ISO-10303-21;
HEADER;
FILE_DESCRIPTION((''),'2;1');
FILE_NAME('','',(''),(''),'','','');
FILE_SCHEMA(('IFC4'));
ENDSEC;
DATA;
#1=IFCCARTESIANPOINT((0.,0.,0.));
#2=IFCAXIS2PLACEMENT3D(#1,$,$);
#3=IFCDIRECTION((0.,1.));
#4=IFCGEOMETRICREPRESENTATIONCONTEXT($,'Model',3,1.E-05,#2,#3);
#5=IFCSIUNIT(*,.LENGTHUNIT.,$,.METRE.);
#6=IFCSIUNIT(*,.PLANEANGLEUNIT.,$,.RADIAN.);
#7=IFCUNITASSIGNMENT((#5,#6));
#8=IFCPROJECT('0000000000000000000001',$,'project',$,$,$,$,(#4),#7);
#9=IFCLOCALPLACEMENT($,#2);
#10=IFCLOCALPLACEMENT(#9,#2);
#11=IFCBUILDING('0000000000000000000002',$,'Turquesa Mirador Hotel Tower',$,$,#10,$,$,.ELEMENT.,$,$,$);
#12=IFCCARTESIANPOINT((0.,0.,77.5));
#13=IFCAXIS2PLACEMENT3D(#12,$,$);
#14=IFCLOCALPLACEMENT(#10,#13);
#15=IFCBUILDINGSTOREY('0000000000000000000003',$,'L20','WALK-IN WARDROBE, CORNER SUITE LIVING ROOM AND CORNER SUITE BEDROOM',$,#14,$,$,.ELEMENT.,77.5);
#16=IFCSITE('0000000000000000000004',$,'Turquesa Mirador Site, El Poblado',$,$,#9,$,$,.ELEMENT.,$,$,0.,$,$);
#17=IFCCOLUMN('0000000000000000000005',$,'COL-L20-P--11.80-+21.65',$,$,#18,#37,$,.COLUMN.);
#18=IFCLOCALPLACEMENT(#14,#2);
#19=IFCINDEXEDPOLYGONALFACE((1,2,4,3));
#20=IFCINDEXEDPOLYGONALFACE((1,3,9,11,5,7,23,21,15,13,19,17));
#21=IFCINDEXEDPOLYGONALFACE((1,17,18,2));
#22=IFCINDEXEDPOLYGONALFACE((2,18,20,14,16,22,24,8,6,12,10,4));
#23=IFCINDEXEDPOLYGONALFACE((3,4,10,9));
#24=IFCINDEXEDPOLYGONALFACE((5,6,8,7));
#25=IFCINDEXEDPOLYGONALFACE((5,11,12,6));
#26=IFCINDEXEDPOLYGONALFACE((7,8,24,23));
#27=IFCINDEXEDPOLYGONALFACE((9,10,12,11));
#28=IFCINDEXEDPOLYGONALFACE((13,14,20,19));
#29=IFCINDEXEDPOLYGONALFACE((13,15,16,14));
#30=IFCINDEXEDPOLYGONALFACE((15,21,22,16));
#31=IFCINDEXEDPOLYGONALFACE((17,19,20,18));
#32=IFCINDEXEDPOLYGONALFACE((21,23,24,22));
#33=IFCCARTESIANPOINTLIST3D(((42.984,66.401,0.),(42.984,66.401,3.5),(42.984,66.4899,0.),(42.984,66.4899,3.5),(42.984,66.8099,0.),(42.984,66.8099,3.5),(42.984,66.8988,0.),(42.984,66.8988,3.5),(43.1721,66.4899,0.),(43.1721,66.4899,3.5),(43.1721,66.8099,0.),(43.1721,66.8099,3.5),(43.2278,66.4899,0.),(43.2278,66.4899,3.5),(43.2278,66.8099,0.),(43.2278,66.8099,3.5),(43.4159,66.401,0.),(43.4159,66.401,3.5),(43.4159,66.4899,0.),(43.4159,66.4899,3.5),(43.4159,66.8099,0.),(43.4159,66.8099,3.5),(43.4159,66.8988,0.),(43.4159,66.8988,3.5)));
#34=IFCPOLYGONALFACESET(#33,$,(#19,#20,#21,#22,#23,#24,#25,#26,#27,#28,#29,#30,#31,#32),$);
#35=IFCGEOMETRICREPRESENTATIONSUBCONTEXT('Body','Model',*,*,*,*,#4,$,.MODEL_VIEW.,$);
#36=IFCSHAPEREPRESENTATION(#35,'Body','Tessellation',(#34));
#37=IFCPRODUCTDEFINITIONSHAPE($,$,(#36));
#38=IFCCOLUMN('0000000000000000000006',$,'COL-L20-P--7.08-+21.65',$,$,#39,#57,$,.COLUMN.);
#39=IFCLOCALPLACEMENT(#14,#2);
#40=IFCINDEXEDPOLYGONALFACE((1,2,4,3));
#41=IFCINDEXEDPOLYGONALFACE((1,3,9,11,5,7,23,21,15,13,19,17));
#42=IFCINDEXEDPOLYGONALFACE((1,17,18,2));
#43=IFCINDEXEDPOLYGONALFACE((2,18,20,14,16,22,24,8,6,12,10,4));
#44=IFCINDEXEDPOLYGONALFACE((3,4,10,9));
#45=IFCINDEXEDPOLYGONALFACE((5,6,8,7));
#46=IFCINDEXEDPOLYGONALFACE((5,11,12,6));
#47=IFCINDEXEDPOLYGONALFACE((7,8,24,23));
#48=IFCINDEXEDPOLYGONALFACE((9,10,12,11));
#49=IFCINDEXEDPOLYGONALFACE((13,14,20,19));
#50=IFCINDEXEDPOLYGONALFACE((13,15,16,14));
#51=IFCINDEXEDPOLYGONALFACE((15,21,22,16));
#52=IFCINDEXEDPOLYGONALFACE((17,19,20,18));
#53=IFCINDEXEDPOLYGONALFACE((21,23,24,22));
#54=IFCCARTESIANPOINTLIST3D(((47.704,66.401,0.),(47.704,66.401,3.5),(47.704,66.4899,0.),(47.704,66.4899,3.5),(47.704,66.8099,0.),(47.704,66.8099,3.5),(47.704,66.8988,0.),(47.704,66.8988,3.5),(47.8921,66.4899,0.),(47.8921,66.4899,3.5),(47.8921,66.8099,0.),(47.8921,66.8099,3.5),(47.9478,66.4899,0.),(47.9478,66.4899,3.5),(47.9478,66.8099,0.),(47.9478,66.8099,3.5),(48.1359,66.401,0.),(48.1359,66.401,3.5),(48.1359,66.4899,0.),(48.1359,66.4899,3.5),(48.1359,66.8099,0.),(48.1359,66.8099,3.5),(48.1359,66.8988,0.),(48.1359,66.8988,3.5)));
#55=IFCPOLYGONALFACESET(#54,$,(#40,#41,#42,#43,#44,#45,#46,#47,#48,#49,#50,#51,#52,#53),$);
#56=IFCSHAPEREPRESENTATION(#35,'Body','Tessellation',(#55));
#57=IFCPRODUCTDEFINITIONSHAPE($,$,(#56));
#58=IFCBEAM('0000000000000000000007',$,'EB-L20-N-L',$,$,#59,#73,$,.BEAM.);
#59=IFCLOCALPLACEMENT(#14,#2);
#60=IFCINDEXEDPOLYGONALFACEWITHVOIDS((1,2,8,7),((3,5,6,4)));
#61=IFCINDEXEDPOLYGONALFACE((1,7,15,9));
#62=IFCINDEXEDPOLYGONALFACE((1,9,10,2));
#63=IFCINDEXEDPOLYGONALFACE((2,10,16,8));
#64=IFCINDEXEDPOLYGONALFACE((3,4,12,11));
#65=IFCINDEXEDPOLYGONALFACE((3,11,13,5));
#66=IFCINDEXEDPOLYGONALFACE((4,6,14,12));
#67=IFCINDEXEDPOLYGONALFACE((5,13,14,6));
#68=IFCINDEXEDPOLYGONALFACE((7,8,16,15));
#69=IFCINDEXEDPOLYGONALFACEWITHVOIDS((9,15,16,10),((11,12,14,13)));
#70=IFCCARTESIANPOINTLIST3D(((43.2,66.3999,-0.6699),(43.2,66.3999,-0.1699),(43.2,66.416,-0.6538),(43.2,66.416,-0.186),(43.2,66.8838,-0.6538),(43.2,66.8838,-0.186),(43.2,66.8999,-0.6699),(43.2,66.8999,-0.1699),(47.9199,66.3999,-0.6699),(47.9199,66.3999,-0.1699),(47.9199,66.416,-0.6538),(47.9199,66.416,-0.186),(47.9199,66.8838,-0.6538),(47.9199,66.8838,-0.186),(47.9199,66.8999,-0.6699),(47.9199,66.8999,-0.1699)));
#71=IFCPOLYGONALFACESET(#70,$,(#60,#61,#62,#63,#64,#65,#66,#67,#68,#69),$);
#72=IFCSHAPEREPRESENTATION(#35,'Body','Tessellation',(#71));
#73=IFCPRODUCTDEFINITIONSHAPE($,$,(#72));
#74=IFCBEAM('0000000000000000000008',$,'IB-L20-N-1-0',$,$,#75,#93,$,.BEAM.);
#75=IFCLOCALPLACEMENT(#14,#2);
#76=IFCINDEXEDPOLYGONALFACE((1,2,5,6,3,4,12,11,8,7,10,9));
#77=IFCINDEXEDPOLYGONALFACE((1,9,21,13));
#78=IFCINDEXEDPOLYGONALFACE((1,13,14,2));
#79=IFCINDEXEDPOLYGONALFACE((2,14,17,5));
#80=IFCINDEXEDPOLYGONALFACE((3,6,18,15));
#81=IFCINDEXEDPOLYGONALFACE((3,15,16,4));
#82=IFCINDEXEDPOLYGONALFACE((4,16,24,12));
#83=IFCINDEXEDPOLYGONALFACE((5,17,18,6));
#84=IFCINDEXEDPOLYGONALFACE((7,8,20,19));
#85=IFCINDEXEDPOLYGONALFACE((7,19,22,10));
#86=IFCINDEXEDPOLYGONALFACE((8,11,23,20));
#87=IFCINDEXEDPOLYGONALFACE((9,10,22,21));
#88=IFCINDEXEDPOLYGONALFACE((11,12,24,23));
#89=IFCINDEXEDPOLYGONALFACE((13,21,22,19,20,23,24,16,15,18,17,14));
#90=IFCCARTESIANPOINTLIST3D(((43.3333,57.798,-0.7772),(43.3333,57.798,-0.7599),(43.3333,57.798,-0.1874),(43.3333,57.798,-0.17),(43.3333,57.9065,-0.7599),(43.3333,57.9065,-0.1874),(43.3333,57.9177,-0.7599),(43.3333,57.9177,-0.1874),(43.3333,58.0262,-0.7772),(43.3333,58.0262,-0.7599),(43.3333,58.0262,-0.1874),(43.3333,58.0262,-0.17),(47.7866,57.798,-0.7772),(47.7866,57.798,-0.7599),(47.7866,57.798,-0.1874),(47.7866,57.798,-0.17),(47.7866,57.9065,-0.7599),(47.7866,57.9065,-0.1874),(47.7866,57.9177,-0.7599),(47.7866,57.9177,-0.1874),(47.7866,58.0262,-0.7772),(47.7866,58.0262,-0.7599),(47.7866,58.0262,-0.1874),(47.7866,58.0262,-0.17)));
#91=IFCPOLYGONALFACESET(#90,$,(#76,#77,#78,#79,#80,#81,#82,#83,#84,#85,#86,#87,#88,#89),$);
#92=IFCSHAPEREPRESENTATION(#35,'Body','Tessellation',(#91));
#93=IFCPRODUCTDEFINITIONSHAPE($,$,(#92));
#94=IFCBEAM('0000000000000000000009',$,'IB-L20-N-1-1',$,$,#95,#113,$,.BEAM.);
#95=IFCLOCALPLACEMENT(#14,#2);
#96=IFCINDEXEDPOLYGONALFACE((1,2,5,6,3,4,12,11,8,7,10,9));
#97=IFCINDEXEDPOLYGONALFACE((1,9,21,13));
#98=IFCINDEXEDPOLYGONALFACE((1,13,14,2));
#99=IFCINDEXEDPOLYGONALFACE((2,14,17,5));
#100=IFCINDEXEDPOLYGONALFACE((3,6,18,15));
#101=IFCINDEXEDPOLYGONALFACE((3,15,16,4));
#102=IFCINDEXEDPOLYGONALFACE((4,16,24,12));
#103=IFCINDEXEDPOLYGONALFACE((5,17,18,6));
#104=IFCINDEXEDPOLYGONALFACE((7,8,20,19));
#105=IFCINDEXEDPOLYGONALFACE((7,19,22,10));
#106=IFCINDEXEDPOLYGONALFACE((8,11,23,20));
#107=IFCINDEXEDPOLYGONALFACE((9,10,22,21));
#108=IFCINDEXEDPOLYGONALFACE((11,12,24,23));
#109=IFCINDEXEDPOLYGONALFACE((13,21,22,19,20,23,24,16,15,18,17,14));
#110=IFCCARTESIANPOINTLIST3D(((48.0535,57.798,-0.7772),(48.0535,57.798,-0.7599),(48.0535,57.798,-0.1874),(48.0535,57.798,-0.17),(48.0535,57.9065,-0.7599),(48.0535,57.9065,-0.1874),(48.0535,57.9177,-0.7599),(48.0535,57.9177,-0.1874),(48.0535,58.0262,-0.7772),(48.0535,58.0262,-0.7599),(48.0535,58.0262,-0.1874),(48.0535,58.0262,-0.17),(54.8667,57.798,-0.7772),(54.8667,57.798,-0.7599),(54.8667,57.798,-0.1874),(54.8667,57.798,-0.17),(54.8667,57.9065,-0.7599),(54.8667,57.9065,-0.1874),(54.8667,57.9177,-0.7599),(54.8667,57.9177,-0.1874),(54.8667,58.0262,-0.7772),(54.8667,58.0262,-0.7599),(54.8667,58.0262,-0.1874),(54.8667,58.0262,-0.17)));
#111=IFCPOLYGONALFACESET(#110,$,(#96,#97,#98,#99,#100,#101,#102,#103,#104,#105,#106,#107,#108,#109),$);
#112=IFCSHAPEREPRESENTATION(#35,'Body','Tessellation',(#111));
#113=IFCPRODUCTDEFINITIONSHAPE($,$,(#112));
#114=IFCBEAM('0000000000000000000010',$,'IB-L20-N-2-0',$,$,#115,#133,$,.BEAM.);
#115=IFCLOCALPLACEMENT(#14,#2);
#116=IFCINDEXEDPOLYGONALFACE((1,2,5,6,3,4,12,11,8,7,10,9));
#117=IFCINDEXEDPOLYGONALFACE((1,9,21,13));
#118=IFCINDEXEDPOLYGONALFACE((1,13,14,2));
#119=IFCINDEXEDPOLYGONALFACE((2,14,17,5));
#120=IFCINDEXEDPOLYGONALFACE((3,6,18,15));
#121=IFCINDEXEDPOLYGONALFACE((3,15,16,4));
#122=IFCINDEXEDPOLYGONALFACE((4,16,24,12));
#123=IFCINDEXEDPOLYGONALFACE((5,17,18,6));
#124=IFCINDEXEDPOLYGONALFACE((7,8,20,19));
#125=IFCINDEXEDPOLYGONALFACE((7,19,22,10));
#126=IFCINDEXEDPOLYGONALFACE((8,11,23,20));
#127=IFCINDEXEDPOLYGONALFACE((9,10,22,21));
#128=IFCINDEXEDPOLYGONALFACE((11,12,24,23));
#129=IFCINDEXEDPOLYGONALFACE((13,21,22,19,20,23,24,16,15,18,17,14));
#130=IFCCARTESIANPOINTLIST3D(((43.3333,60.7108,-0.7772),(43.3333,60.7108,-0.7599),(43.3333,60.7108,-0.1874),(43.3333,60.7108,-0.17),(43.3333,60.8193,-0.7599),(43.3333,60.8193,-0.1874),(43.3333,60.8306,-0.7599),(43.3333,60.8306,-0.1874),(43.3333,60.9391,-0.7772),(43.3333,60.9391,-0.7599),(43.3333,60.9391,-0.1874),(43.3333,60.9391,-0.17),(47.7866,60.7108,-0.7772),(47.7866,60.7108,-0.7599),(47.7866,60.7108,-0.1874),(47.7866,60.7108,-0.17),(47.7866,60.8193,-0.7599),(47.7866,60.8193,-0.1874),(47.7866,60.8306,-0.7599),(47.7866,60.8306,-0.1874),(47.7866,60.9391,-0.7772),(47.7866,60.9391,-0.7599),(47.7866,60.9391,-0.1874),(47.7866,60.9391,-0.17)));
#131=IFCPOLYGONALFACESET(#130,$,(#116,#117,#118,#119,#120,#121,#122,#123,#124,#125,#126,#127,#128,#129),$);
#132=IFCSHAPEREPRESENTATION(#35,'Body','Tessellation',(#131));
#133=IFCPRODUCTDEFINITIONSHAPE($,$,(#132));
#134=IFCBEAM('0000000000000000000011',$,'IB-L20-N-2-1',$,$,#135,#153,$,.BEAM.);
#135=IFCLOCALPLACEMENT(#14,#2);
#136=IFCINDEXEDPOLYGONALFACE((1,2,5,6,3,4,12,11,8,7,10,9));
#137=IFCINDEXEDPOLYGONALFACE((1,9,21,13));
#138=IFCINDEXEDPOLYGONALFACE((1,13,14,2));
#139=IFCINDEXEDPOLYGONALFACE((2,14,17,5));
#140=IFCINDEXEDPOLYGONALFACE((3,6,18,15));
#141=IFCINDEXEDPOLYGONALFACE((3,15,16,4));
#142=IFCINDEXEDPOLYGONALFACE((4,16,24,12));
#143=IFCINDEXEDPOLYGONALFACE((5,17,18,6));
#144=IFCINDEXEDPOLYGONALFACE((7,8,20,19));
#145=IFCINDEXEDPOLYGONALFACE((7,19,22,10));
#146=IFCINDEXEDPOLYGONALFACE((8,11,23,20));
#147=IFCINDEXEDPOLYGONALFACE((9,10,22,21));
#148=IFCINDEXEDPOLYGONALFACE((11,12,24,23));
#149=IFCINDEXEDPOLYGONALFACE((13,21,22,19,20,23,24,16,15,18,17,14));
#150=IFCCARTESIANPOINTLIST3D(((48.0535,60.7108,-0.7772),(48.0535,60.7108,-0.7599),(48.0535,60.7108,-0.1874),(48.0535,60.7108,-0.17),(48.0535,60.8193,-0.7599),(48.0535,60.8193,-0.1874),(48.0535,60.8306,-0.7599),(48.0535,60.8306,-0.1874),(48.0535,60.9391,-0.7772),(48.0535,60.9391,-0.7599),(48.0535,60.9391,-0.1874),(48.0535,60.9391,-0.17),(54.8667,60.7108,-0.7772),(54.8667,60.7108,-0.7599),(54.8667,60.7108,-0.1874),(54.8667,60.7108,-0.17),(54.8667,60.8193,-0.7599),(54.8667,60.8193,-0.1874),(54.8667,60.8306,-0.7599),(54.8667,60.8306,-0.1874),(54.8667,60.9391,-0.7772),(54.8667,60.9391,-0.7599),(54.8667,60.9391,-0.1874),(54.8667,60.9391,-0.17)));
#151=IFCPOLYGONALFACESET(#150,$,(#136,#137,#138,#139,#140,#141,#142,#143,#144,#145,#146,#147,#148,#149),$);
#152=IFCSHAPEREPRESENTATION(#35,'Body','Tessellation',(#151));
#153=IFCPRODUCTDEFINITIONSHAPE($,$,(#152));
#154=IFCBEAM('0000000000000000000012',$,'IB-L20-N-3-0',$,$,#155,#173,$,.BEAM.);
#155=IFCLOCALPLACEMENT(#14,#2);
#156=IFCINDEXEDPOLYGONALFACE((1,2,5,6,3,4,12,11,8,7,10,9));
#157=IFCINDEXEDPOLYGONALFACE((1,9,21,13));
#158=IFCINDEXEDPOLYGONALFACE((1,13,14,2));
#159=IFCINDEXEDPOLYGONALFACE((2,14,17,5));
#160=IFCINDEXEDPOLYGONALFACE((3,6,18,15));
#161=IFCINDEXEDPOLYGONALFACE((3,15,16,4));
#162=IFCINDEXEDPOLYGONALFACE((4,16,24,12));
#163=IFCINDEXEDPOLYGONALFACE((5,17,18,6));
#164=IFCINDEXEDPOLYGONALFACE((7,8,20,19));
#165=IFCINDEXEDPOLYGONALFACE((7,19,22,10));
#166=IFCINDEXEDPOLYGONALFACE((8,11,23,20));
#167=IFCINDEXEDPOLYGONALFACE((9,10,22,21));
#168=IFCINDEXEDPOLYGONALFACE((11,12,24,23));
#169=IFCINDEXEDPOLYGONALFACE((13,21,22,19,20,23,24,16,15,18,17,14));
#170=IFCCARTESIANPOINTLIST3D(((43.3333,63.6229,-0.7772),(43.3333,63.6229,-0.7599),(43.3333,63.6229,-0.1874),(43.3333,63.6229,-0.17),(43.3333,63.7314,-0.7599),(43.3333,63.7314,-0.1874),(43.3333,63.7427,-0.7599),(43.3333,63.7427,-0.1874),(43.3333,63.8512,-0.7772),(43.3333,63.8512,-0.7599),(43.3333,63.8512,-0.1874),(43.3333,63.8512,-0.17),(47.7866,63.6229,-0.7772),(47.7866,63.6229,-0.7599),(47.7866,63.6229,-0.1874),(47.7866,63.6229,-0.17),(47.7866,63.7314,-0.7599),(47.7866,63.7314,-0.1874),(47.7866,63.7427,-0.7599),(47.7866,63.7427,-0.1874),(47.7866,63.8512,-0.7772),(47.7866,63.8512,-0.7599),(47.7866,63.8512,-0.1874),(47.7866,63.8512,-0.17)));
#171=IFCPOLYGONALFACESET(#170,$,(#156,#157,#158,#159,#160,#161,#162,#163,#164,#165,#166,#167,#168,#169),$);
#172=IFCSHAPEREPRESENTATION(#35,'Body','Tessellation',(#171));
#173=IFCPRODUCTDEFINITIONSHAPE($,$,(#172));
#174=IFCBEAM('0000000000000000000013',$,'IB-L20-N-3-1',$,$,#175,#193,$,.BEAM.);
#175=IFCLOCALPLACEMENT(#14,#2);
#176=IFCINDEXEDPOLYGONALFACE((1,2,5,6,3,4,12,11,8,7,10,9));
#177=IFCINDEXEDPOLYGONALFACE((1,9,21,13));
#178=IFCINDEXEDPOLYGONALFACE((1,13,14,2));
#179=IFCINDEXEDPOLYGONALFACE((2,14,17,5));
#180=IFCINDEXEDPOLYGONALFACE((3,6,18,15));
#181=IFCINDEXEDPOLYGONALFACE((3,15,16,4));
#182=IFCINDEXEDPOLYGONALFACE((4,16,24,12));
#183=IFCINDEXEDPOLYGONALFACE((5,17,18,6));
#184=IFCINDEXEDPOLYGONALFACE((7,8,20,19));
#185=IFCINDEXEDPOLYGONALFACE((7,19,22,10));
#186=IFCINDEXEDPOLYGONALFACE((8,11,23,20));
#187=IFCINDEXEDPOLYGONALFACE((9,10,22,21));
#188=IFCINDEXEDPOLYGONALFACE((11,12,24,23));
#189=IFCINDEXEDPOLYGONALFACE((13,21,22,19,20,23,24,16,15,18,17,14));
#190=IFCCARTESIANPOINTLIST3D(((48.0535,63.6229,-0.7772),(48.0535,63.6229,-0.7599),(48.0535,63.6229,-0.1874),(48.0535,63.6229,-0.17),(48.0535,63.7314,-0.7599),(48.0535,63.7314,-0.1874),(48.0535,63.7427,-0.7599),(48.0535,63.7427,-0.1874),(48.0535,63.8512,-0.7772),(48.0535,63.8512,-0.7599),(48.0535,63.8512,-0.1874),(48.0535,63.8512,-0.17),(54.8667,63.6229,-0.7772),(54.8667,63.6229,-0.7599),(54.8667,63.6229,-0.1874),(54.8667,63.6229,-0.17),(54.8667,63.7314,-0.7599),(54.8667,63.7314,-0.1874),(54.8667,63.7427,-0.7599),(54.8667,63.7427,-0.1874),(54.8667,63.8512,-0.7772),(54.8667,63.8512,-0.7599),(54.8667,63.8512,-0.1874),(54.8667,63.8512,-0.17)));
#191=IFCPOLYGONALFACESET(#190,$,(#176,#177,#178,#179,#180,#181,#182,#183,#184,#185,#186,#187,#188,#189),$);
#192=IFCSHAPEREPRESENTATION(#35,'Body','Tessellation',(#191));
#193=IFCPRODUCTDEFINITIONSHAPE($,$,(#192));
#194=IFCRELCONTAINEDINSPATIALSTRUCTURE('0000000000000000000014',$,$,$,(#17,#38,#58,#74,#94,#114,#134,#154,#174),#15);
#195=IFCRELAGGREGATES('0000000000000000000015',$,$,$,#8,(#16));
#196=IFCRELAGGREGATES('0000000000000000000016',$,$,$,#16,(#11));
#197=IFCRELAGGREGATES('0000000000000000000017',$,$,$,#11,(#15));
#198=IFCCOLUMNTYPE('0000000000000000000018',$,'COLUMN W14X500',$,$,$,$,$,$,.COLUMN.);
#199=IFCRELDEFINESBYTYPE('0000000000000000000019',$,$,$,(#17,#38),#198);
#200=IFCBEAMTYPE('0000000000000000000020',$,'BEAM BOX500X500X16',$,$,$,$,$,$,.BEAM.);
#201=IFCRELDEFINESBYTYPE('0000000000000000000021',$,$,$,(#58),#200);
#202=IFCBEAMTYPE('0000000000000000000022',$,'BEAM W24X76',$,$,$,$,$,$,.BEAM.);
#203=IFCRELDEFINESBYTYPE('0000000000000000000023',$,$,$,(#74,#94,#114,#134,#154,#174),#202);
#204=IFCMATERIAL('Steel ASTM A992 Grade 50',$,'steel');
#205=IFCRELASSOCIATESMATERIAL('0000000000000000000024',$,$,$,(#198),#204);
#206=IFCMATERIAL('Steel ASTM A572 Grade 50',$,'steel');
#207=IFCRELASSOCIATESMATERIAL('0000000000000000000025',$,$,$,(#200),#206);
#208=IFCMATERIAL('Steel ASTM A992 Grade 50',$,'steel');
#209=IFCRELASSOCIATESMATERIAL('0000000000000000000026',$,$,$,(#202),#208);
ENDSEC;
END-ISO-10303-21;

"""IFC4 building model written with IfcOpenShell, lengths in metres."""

from ifc_helpers import new_model, si_unit, direction, frame, origin, origin_2d, place, context, subcontext, project, spatial, hollow_rectangle, i_section, extrude, material, material_profile, profile_set, type_object, element, save


model = new_model("IFC4")

# Units and contexts
model_context = context("Model", 3, precision=1e-05, world=origin(), true_north=direction((0.0, 1.0)))
body_context = subcontext(model_context, "Body", "Model", "MODEL_VIEW")
ifc_project = project(units=[si_unit("LENGTHUNIT", "METRE"), si_unit("PLANEANGLEUNIT", "RADIAN")], contexts=[model_context])

# Site, building, storey
site_placement = place(None, origin())
site = spatial("IfcSite", under=ifc_project, at=site_placement, Name="Turquesa Mirador Site, El Poblado", CompositionType="ELEMENT", RefElevation=0.0)
building_placement = place(site_placement, origin())
building = spatial("IfcBuilding", under=site, at=building_placement, Name="Turquesa Mirador Hotel Tower", CompositionType="ELEMENT")
storey_placement = place(building_placement, frame((0.0, 0.0, 77.5)))
storey = spatial("IfcBuildingStorey", under=building, at=storey_placement, Name="L20", Description="WALK-IN WARDROBE, CORNER SUITE LIVING ROOM AND CORNER SUITE BEDROOM", CompositionType="ELEMENT", Elevation=77.5)

# Columns
ifc_material_1 = material(Name="Steel ASTM A992 Grade 50", Category="steel")
ifc_material_profile_1 = material_profile(ifc_material_1, i_section(OverallWidth=0.4319, OverallDepth=0.4978, WebThickness=0.0557, FlangeThickness=0.0889, at=origin_2d()), Name="W14X500")
ifc_profile_set_1 = profile_set([ifc_material_profile_1], Name="Steel ASTM A992 Grade 50")
column_type = type_object("IfcColumnType", Name="COLUMN W14X500", PredefinedType="COLUMN", material=ifc_profile_set_1)
for number, where, z_axis, x_axis, name in (
    (1, (43.2, 66.6499, 0.0), (0.0, 0.0, 1.0), (1.0, 0.0, 0.0), "COL-L20-P--11.80-+21.65"),
    (2, (47.9199, 66.6499, 0.0), (0.0, 0.0, 1.0), (1.0, 0.0, 0.0), "COL-L20-P--7.08-+21.65"),
):
    element("IfcColumn", number, at=place(storey_placement, frame(where, z_axis=z_axis, x_axis=x_axis)), inside=storey, type_object=column_type, Name=name, PredefinedType="COLUMN", context=body_context, shape_type="SweptSolid", body=[
        extrude(i_section(OverallWidth=0.4319, OverallDepth=0.4978, WebThickness=0.0557, FlangeThickness=0.0889, at=origin_2d()), origin(), (0.0, 0.0, 1.0), 3.5),
    ])

# Beams
ifc_material_2 = material(Name="Steel ASTM A572 Grade 50", Category="steel")
ifc_material_profile_2 = material_profile(ifc_material_2, hollow_rectangle(XDim=0.5, YDim=0.5, WallThickness=0.0161, at=origin_2d()), Name="BOX500X500X16")
ifc_profile_set_2 = profile_set([ifc_material_profile_2], Name="Steel ASTM A572 Grade 50")
beam_type_1 = type_object("IfcBeamType", Name="BEAM BOX500X500X16", PredefinedType="BEAM", material=ifc_profile_set_2)
beam_1_placement = place(storey_placement, frame((43.2, 66.6499, -0.4199), z_axis=(1.0, 0.0, 0.0), x_axis=(0.0, 1.0, 0.0)))
element("IfcBeam", 3, at=beam_1_placement, inside=storey, type_object=beam_type_1, Name="EB-L20-N-L", PredefinedType="BEAM", context=body_context, shape_type="SweptSolid", body=[
    extrude(hollow_rectangle(XDim=0.5, YDim=0.5, WallThickness=0.0161, at=origin_2d()), origin(), (0.0, 0.0, 1.0), 4.72),
])
ifc_material_3 = material(Name="Steel ASTM A992 Grade 50", Category="steel")
ifc_material_profile_3 = material_profile(ifc_material_3, i_section(OverallWidth=0.2283, OverallDepth=0.6072, WebThickness=0.0112, FlangeThickness=0.0173, at=origin_2d()), Name="W24X76")
ifc_profile_set_3 = profile_set([ifc_material_profile_3], Name="Steel ASTM A992 Grade 50")
beam_type_2 = type_object("IfcBeamType", Name="BEAM W24X76", PredefinedType="BEAM", material=ifc_profile_set_3)
beam_2_placement = place(storey_placement, frame((43.3333, 57.9121, -0.4736), z_axis=(1.0, 0.0, 0.0), x_axis=(0.0, 1.0, 0.0)))
element("IfcBeam", 4, at=beam_2_placement, inside=storey, type_object=beam_type_2, Name="IB-L20-N-1-0", PredefinedType="BEAM", context=body_context, shape_type="SweptSolid", body=[
    extrude(i_section(OverallWidth=0.2283, OverallDepth=0.6072, WebThickness=0.0112, FlangeThickness=0.0173, at=origin_2d()), origin(), (0.0, 0.0, 1.0), 4.4534),
])
beam_3_placement = place(storey_placement, frame((48.0535, 57.9121, -0.4736), z_axis=(1.0, 0.0, 0.0), x_axis=(0.0, 1.0, 0.0)))
element("IfcBeam", 5, at=beam_3_placement, inside=storey, type_object=beam_type_2, Name="IB-L20-N-1-1", PredefinedType="BEAM", context=body_context, shape_type="SweptSolid", body=[
    extrude(i_section(OverallWidth=0.2283, OverallDepth=0.6072, WebThickness=0.0112, FlangeThickness=0.0173, at=origin_2d()), origin(), (0.0, 0.0, 1.0), 6.8132),
])
beam_4_placement = place(storey_placement, frame((43.3333, 60.825, -0.4736), z_axis=(1.0, 0.0, 0.0), x_axis=(0.0, 1.0, 0.0)))
element("IfcBeam", 6, at=beam_4_placement, inside=storey, type_object=beam_type_2, Name="IB-L20-N-2-0", PredefinedType="BEAM", context=body_context, shape_type="SweptSolid", body=[
    extrude(i_section(OverallWidth=0.2283, OverallDepth=0.6072, WebThickness=0.0112, FlangeThickness=0.0173, at=origin_2d()), origin(), (0.0, 0.0, 1.0), 4.4534),
])
beam_5_placement = place(storey_placement, frame((48.0535, 60.825, -0.4736), z_axis=(1.0, 0.0, 0.0), x_axis=(0.0, 1.0, 0.0)))
element("IfcBeam", 7, at=beam_5_placement, inside=storey, type_object=beam_type_2, Name="IB-L20-N-2-1", PredefinedType="BEAM", context=body_context, shape_type="SweptSolid", body=[
    extrude(i_section(OverallWidth=0.2283, OverallDepth=0.6072, WebThickness=0.0112, FlangeThickness=0.0173, at=origin_2d()), origin(), (0.0, 0.0, 1.0), 6.8132),
])
beam_6_placement = place(storey_placement, frame((43.3333, 63.7371, -0.4736), z_axis=(1.0, 0.0, 0.0), x_axis=(0.0, 1.0, 0.0)))
element("IfcBeam", 8, at=beam_6_placement, inside=storey, type_object=beam_type_2, Name="IB-L20-N-3-0", PredefinedType="BEAM", context=body_context, shape_type="SweptSolid", body=[
    extrude(i_section(OverallWidth=0.2283, OverallDepth=0.6072, WebThickness=0.0112, FlangeThickness=0.0173, at=origin_2d()), origin(), (0.0, 0.0, 1.0), 4.4534),
])
beam_7_placement = place(storey_placement, frame((48.0535, 63.7371, -0.4736), z_axis=(1.0, 0.0, 0.0), x_axis=(0.0, 1.0, 0.0)))
element("IfcBeam", 9, at=beam_7_placement, inside=storey, type_object=beam_type_2, Name="IB-L20-N-3-1", PredefinedType="BEAM", context=body_context, shape_type="SweptSolid", body=[
    extrude(i_section(OverallWidth=0.2283, OverallDepth=0.6072, WebThickness=0.0112, FlangeThickness=0.0173, at=origin_2d()), origin(), (0.0, 0.0, 1.0), 6.8132),
])

save(model, "model.ifc")
